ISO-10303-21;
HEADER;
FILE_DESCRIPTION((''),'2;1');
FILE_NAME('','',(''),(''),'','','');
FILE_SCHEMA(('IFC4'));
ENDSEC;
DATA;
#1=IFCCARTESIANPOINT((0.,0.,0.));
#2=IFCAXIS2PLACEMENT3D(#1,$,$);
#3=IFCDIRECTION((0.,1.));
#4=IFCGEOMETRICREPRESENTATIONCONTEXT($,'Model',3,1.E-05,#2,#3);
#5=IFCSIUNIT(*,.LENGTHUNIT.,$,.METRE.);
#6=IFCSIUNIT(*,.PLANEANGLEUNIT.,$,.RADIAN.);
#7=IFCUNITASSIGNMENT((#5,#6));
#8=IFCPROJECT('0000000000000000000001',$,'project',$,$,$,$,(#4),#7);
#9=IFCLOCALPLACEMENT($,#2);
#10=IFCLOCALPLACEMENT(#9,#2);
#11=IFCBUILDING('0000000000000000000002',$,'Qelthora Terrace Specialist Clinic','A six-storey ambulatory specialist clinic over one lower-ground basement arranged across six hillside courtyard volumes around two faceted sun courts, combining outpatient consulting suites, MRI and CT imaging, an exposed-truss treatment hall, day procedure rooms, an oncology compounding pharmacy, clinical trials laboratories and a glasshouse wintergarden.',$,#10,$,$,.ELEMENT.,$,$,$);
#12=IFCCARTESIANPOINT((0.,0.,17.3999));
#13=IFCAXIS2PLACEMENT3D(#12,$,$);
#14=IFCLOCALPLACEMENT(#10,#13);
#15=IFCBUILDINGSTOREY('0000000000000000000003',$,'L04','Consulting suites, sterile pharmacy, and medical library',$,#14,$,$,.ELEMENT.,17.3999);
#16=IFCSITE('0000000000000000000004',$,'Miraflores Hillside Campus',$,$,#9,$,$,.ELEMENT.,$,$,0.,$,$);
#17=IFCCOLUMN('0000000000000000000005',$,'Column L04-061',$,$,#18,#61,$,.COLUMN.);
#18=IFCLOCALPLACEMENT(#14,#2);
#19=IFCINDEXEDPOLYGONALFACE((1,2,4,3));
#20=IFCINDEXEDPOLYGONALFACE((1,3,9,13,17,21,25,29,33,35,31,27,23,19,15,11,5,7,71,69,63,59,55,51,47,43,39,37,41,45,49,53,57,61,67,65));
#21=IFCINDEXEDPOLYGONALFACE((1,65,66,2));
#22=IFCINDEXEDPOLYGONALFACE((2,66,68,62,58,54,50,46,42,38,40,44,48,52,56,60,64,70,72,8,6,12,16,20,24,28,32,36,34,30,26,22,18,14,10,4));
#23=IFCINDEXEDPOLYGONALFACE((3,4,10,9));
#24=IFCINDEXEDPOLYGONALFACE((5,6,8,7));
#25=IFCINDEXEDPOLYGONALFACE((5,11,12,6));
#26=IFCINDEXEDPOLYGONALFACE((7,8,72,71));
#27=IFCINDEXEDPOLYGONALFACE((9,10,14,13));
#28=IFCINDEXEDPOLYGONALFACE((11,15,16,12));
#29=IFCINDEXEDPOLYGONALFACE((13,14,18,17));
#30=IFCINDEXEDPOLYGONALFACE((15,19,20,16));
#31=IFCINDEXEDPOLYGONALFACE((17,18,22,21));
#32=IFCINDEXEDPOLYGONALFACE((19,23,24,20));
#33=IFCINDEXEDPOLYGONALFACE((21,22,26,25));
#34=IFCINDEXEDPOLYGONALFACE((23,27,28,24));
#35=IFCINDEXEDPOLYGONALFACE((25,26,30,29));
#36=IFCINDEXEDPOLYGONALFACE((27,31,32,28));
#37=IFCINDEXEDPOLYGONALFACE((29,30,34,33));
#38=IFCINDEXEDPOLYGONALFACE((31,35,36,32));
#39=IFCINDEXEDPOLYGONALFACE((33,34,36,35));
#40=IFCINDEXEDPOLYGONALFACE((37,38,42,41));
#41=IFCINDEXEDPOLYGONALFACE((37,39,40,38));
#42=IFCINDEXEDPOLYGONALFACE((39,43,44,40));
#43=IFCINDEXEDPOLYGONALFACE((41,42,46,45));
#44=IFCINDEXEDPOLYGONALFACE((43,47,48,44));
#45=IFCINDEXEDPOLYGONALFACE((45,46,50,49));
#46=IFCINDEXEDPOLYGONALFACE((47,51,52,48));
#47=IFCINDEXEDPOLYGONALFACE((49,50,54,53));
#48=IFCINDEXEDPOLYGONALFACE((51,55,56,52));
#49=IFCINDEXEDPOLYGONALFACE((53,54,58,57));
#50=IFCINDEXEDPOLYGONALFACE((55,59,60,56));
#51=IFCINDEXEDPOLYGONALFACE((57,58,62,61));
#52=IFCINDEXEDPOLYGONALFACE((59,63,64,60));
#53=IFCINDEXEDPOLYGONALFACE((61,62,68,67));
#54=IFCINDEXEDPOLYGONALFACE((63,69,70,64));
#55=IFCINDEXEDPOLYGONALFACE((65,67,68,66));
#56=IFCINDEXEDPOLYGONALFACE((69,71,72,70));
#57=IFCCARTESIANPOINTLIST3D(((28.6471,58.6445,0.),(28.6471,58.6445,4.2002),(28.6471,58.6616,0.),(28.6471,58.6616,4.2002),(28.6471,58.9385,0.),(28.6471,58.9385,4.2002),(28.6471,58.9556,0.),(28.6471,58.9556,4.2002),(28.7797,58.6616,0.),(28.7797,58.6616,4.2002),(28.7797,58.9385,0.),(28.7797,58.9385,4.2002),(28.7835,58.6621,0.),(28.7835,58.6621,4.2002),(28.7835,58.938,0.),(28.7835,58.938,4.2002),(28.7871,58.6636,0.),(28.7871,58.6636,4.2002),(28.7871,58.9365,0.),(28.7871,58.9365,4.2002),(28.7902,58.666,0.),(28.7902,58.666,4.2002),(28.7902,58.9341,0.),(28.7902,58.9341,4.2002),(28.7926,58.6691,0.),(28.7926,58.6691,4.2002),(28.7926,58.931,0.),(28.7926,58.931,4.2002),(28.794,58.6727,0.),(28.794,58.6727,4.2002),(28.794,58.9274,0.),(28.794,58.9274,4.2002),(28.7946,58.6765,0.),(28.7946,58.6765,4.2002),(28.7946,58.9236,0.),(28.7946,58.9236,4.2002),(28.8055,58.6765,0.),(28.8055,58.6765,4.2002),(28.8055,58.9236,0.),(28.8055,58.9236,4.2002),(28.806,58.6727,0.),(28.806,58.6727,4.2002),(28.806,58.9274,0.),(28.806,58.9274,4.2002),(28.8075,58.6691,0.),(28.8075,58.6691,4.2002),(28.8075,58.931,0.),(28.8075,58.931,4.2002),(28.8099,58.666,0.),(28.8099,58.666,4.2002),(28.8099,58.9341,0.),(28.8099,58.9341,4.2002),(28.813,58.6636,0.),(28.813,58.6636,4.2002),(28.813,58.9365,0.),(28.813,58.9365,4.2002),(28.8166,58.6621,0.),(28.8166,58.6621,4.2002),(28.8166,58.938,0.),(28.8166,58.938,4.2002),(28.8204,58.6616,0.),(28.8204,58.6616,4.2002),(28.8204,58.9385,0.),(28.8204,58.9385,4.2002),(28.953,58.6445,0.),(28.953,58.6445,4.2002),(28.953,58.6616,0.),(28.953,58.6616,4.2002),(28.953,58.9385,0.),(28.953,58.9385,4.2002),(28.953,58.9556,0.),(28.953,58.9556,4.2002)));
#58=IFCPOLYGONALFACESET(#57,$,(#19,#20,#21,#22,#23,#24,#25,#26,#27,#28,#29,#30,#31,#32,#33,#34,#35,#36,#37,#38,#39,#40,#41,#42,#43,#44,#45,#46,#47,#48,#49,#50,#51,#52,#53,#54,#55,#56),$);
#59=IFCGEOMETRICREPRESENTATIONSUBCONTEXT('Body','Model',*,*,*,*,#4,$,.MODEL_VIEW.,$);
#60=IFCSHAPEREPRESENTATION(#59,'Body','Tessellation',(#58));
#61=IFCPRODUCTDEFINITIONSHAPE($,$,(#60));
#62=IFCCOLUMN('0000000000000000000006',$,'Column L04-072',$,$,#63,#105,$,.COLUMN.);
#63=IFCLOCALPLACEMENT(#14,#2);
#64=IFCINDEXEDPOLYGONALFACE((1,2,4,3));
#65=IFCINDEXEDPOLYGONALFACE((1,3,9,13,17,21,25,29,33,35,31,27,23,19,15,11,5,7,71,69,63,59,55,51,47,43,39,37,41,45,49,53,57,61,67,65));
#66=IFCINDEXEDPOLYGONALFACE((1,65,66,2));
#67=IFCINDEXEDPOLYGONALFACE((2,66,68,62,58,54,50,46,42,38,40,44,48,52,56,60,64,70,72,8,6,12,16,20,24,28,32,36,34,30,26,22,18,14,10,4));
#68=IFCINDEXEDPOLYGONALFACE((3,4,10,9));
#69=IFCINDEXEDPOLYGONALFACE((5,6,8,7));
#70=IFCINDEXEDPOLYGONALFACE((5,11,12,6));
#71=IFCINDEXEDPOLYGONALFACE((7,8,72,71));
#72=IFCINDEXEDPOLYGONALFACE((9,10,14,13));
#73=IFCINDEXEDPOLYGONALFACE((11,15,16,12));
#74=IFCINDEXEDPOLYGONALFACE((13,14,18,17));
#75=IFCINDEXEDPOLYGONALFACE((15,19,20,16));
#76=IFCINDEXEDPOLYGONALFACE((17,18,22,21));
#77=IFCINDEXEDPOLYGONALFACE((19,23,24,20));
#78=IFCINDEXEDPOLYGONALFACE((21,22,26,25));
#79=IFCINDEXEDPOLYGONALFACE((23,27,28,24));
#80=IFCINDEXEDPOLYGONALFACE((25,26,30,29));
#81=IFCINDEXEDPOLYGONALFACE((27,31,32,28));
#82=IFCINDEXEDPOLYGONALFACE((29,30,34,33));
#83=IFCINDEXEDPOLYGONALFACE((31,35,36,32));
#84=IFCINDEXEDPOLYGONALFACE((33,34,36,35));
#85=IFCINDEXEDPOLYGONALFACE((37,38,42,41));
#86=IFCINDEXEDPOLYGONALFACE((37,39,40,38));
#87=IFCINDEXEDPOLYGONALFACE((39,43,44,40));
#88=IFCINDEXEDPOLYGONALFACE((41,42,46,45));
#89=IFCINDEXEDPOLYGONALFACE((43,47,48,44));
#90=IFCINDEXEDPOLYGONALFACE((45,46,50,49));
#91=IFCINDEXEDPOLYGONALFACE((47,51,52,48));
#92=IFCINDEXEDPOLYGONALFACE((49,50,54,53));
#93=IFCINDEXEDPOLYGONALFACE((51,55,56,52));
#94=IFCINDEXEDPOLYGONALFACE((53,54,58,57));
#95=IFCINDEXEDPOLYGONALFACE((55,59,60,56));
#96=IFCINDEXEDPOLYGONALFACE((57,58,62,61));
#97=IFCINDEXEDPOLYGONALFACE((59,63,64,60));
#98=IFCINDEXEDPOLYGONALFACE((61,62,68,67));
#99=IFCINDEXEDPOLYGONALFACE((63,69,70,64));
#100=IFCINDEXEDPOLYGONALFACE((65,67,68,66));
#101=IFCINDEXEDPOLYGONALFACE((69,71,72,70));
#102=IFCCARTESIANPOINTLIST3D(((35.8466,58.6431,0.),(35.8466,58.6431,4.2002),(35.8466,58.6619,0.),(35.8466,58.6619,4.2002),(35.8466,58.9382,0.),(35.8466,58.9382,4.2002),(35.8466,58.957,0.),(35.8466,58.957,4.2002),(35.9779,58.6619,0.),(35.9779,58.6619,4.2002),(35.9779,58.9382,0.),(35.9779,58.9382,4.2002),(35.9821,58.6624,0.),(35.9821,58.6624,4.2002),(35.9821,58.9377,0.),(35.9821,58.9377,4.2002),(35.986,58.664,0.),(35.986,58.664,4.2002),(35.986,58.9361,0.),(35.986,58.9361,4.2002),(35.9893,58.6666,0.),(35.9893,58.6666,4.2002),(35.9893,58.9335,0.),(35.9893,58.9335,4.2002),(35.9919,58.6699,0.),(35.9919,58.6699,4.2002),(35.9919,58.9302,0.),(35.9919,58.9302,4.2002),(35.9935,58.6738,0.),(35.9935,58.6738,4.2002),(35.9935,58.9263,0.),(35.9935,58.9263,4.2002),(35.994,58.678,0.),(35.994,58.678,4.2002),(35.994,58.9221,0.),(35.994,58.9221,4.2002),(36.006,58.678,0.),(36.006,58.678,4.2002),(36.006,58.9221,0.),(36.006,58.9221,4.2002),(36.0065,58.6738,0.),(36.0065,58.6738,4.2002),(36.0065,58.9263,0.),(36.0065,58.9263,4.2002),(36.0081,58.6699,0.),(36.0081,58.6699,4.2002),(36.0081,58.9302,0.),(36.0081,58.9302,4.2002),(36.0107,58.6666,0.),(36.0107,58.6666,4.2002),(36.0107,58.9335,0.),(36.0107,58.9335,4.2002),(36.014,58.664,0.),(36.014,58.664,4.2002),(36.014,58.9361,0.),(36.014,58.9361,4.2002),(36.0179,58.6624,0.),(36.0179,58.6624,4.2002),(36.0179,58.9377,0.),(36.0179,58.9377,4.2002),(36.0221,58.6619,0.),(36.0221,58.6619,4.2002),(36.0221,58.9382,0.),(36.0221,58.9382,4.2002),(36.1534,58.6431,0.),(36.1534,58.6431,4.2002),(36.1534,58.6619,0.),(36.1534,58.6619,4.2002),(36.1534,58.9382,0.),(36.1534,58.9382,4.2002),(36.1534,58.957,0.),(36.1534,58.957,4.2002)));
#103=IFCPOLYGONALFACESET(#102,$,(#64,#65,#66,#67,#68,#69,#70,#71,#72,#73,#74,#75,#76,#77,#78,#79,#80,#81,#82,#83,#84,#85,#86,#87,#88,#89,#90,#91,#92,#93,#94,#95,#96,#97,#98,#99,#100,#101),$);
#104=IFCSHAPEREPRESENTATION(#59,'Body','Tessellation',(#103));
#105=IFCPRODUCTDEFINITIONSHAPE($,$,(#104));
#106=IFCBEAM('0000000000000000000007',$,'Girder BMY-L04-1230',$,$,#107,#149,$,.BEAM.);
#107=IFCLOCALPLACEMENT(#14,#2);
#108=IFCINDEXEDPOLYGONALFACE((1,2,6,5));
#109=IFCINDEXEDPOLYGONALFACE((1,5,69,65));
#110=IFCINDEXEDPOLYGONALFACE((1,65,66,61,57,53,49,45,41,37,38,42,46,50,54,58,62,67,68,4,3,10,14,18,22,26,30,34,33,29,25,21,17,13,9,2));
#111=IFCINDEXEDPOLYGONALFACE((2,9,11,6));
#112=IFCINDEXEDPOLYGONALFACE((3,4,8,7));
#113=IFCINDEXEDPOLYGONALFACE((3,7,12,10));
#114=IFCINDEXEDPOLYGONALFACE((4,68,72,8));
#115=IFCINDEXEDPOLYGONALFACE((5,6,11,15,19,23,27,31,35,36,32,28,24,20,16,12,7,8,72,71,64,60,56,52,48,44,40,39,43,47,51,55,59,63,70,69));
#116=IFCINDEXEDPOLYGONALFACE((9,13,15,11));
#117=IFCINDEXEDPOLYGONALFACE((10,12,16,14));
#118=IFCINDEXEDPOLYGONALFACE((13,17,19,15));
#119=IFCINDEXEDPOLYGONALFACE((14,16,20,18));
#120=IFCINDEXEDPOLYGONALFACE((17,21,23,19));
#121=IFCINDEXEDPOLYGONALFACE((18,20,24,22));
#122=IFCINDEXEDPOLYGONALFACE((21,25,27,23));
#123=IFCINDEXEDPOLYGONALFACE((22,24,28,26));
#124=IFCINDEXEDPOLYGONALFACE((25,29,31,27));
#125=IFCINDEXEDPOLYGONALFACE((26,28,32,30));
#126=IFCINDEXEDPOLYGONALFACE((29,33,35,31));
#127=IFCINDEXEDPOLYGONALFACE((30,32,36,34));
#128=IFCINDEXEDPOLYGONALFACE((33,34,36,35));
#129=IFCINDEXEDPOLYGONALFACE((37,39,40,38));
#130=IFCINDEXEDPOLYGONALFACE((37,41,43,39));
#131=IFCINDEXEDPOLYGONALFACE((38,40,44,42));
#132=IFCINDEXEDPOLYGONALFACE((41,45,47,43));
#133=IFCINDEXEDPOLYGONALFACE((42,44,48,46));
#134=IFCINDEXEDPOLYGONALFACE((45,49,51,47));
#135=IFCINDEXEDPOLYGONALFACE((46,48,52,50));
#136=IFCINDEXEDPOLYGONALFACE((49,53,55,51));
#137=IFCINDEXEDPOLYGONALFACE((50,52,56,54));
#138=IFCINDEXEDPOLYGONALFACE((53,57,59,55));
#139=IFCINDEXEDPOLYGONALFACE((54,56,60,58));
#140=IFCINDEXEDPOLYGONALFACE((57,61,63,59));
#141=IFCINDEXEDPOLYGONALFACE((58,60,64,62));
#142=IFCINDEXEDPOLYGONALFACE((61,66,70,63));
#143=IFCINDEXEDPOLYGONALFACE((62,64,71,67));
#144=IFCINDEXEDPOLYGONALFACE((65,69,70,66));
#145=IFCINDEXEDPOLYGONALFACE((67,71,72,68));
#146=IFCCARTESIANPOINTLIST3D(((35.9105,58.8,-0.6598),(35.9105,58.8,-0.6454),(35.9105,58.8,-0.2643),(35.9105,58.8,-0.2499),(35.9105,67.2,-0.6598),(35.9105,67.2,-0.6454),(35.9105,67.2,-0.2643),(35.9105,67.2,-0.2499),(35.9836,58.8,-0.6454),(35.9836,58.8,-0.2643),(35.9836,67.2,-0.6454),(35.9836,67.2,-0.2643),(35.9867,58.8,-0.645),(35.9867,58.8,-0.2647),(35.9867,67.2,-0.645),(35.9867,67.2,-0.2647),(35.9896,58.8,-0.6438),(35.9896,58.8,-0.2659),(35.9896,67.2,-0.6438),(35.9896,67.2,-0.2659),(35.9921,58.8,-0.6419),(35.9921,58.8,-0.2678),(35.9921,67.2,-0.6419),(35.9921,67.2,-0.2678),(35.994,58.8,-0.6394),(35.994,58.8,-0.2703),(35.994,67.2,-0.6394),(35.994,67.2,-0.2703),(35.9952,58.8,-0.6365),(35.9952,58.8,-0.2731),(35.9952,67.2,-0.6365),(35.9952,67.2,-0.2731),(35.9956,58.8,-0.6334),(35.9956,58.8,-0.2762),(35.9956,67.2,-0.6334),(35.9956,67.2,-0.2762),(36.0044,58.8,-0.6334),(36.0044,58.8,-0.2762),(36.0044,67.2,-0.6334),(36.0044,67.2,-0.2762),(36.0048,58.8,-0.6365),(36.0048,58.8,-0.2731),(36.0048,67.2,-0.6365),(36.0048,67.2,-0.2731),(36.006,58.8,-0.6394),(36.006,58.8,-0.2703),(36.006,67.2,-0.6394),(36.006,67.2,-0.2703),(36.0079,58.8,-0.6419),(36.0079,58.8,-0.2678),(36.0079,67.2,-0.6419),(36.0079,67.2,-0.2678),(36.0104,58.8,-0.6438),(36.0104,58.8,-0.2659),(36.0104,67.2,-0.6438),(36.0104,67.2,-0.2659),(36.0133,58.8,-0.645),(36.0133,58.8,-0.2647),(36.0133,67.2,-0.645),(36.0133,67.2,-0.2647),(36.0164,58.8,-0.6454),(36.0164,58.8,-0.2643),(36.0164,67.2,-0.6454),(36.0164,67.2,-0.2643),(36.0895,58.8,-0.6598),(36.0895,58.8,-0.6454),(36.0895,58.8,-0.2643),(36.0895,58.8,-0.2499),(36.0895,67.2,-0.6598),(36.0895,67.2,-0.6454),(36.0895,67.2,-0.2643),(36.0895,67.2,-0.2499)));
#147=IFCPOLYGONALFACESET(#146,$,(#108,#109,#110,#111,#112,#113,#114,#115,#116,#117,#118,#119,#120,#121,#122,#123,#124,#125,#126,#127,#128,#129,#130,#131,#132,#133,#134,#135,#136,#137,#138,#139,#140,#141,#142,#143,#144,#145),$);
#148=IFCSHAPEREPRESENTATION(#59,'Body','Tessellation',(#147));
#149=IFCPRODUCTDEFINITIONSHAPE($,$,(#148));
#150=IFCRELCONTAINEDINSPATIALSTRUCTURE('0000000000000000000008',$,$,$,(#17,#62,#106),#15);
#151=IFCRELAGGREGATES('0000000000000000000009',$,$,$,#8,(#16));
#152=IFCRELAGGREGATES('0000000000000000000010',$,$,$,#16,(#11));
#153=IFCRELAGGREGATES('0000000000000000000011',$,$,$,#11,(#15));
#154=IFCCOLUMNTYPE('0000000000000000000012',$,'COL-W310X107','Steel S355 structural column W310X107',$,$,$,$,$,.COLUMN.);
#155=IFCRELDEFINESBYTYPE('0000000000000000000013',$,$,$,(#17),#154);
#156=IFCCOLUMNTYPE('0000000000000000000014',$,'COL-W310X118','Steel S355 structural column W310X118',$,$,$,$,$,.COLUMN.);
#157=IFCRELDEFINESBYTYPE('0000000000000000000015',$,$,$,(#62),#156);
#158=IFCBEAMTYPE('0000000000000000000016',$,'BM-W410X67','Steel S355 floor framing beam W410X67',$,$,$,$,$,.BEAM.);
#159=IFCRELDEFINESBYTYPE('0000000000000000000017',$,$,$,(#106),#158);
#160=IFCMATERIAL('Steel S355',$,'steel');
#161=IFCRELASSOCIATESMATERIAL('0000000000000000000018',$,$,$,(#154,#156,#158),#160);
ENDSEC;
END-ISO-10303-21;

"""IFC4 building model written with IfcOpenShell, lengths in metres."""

from ifc_helpers import new_model, si_unit, direction, frame, origin, origin_2d, place, context, subcontext, project, spatial, i_section, extrude, material, material_profile, profile_set, type_object, element, save


model = new_model("IFC4")

# Units and contexts
model_context = context("Model", 3, precision=1e-05, world=origin(), true_north=direction((0.0, 1.0)))
body_context = subcontext(model_context, "Body", "Model", "MODEL_VIEW")
ifc_project = project(units=[si_unit("LENGTHUNIT", "METRE"), si_unit("PLANEANGLEUNIT", "RADIAN")], contexts=[model_context])

# Site, building, storey
site_placement = place(None, origin())
site = spatial("IfcSite", under=ifc_project, at=site_placement, Name="Miraflores Hillside Campus", CompositionType="ELEMENT", RefElevation=0.0)
building_placement = place(site_placement, origin())
building = spatial("IfcBuilding", under=site, at=building_placement, Name="Qelthora Terrace Specialist Clinic", Description="A six-storey ambulatory specialist clinic over one lower-ground basement arranged across six hillside courtyard volumes around two faceted sun courts, combining outpatient consulting suites, MRI and CT imaging, an exposed-truss treatment hall, day procedure rooms, an oncology compounding pharmacy, clinical trials laboratories and a glasshouse wintergarden.", CompositionType="ELEMENT")
storey_placement = place(building_placement, frame((0.0, 0.0, 17.3999)))
storey = spatial("IfcBuildingStorey", under=building, at=storey_placement, Name="L04", Description="Consulting suites, sterile pharmacy, and medical library", CompositionType="ELEMENT", Elevation=17.3999)

# Columns
ifc_material_1 = material(Name="Steel S355", Category="steel")
ifc_material_profile_1 = material_profile(ifc_material_1, i_section(OverallWidth=0.3059, OverallDepth=0.311, WebThickness=0.011, FlangeThickness=0.0171, FilletRadius=0.0149, at=origin_2d()), Name="W310X107")
ifc_profile_set_1 = profile_set([ifc_material_profile_1], Name="Steel S355")
column_type_1 = type_object("IfcColumnType", Name="COL-W310X107", Description="Steel S355 structural column W310X107", PredefinedType="COLUMN", material=ifc_profile_set_1)
column_1_placement = place(storey_placement, frame((28.8, 58.8, 0.0), z_axis=(0.0, 0.0, 1.0), x_axis=(1.0, 0.0, 0.0)))
element("IfcColumn", 1, at=column_1_placement, inside=storey, type_object=column_type_1, Name="Column L04-061", PredefinedType="COLUMN", context=body_context, shape_type="SweptSolid", body=[
    extrude(i_section(OverallWidth=0.3059, OverallDepth=0.311, WebThickness=0.011, FlangeThickness=0.0171, FilletRadius=0.0149, at=origin_2d()), origin(), (0.0, 0.0, 1.0), 4.2002),
])
ifc_material_profile_2 = material_profile(ifc_material_1, i_section(OverallWidth=0.3069, OverallDepth=0.314, WebThickness=0.012, FlangeThickness=0.0188, FilletRadius=0.0161, at=origin_2d()), Name="W310X118")
ifc_profile_set_2 = profile_set([ifc_material_profile_2], Name="Steel S355")
column_type_2 = type_object("IfcColumnType", Name="COL-W310X118", Description="Steel S355 structural column W310X118", PredefinedType="COLUMN", material=ifc_profile_set_2)
column_2_placement = place(storey_placement, frame((36.0, 58.8, 0.0), z_axis=(0.0, 0.0, 1.0), x_axis=(1.0, 0.0, 0.0)))
element("IfcColumn", 2, at=column_2_placement, inside=storey, type_object=column_type_2, Name="Column L04-072", PredefinedType="COLUMN", context=body_context, shape_type="SweptSolid", body=[
    extrude(i_section(OverallWidth=0.3069, OverallDepth=0.314, WebThickness=0.012, FlangeThickness=0.0188, FilletRadius=0.0161, at=origin_2d()), origin(), (0.0, 0.0, 1.0), 4.2002),
])

# Beam
ifc_material_profile_3 = material_profile(ifc_material_1, i_section(OverallWidth=0.179, OverallDepth=0.4099, WebThickness=0.0088, FlangeThickness=0.0144, FilletRadius=0.012, at=origin_2d()), Name="W410X67")
ifc_profile_set_3 = profile_set([ifc_material_profile_3], Name="Steel S355")
beam_type_1 = type_object("IfcBeamType", Name="BM-W410X67", Description="Steel S355 floor framing beam W410X67", PredefinedType="BEAM", material=ifc_profile_set_3)
beam_1_placement = place(storey_placement, frame((36.0, 58.8, -0.4548), z_axis=(0.0, 1.0, 0.0), x_axis=(-1.0, 0.0, 0.0)))
element("IfcBeam", 3, at=beam_1_placement, inside=storey, type_object=beam_type_1, Name="Girder BMY-L04-1230", PredefinedType="BEAM", context=body_context, shape_type="SweptSolid", body=[
    extrude(i_section(OverallWidth=0.179, OverallDepth=0.4099, WebThickness=0.0088, FlangeThickness=0.0144, FilletRadius=0.012, at=origin_2d()), origin(), (0.0, 0.0, 1.0), 8.3999),
])

save(model, "model.ifc")
